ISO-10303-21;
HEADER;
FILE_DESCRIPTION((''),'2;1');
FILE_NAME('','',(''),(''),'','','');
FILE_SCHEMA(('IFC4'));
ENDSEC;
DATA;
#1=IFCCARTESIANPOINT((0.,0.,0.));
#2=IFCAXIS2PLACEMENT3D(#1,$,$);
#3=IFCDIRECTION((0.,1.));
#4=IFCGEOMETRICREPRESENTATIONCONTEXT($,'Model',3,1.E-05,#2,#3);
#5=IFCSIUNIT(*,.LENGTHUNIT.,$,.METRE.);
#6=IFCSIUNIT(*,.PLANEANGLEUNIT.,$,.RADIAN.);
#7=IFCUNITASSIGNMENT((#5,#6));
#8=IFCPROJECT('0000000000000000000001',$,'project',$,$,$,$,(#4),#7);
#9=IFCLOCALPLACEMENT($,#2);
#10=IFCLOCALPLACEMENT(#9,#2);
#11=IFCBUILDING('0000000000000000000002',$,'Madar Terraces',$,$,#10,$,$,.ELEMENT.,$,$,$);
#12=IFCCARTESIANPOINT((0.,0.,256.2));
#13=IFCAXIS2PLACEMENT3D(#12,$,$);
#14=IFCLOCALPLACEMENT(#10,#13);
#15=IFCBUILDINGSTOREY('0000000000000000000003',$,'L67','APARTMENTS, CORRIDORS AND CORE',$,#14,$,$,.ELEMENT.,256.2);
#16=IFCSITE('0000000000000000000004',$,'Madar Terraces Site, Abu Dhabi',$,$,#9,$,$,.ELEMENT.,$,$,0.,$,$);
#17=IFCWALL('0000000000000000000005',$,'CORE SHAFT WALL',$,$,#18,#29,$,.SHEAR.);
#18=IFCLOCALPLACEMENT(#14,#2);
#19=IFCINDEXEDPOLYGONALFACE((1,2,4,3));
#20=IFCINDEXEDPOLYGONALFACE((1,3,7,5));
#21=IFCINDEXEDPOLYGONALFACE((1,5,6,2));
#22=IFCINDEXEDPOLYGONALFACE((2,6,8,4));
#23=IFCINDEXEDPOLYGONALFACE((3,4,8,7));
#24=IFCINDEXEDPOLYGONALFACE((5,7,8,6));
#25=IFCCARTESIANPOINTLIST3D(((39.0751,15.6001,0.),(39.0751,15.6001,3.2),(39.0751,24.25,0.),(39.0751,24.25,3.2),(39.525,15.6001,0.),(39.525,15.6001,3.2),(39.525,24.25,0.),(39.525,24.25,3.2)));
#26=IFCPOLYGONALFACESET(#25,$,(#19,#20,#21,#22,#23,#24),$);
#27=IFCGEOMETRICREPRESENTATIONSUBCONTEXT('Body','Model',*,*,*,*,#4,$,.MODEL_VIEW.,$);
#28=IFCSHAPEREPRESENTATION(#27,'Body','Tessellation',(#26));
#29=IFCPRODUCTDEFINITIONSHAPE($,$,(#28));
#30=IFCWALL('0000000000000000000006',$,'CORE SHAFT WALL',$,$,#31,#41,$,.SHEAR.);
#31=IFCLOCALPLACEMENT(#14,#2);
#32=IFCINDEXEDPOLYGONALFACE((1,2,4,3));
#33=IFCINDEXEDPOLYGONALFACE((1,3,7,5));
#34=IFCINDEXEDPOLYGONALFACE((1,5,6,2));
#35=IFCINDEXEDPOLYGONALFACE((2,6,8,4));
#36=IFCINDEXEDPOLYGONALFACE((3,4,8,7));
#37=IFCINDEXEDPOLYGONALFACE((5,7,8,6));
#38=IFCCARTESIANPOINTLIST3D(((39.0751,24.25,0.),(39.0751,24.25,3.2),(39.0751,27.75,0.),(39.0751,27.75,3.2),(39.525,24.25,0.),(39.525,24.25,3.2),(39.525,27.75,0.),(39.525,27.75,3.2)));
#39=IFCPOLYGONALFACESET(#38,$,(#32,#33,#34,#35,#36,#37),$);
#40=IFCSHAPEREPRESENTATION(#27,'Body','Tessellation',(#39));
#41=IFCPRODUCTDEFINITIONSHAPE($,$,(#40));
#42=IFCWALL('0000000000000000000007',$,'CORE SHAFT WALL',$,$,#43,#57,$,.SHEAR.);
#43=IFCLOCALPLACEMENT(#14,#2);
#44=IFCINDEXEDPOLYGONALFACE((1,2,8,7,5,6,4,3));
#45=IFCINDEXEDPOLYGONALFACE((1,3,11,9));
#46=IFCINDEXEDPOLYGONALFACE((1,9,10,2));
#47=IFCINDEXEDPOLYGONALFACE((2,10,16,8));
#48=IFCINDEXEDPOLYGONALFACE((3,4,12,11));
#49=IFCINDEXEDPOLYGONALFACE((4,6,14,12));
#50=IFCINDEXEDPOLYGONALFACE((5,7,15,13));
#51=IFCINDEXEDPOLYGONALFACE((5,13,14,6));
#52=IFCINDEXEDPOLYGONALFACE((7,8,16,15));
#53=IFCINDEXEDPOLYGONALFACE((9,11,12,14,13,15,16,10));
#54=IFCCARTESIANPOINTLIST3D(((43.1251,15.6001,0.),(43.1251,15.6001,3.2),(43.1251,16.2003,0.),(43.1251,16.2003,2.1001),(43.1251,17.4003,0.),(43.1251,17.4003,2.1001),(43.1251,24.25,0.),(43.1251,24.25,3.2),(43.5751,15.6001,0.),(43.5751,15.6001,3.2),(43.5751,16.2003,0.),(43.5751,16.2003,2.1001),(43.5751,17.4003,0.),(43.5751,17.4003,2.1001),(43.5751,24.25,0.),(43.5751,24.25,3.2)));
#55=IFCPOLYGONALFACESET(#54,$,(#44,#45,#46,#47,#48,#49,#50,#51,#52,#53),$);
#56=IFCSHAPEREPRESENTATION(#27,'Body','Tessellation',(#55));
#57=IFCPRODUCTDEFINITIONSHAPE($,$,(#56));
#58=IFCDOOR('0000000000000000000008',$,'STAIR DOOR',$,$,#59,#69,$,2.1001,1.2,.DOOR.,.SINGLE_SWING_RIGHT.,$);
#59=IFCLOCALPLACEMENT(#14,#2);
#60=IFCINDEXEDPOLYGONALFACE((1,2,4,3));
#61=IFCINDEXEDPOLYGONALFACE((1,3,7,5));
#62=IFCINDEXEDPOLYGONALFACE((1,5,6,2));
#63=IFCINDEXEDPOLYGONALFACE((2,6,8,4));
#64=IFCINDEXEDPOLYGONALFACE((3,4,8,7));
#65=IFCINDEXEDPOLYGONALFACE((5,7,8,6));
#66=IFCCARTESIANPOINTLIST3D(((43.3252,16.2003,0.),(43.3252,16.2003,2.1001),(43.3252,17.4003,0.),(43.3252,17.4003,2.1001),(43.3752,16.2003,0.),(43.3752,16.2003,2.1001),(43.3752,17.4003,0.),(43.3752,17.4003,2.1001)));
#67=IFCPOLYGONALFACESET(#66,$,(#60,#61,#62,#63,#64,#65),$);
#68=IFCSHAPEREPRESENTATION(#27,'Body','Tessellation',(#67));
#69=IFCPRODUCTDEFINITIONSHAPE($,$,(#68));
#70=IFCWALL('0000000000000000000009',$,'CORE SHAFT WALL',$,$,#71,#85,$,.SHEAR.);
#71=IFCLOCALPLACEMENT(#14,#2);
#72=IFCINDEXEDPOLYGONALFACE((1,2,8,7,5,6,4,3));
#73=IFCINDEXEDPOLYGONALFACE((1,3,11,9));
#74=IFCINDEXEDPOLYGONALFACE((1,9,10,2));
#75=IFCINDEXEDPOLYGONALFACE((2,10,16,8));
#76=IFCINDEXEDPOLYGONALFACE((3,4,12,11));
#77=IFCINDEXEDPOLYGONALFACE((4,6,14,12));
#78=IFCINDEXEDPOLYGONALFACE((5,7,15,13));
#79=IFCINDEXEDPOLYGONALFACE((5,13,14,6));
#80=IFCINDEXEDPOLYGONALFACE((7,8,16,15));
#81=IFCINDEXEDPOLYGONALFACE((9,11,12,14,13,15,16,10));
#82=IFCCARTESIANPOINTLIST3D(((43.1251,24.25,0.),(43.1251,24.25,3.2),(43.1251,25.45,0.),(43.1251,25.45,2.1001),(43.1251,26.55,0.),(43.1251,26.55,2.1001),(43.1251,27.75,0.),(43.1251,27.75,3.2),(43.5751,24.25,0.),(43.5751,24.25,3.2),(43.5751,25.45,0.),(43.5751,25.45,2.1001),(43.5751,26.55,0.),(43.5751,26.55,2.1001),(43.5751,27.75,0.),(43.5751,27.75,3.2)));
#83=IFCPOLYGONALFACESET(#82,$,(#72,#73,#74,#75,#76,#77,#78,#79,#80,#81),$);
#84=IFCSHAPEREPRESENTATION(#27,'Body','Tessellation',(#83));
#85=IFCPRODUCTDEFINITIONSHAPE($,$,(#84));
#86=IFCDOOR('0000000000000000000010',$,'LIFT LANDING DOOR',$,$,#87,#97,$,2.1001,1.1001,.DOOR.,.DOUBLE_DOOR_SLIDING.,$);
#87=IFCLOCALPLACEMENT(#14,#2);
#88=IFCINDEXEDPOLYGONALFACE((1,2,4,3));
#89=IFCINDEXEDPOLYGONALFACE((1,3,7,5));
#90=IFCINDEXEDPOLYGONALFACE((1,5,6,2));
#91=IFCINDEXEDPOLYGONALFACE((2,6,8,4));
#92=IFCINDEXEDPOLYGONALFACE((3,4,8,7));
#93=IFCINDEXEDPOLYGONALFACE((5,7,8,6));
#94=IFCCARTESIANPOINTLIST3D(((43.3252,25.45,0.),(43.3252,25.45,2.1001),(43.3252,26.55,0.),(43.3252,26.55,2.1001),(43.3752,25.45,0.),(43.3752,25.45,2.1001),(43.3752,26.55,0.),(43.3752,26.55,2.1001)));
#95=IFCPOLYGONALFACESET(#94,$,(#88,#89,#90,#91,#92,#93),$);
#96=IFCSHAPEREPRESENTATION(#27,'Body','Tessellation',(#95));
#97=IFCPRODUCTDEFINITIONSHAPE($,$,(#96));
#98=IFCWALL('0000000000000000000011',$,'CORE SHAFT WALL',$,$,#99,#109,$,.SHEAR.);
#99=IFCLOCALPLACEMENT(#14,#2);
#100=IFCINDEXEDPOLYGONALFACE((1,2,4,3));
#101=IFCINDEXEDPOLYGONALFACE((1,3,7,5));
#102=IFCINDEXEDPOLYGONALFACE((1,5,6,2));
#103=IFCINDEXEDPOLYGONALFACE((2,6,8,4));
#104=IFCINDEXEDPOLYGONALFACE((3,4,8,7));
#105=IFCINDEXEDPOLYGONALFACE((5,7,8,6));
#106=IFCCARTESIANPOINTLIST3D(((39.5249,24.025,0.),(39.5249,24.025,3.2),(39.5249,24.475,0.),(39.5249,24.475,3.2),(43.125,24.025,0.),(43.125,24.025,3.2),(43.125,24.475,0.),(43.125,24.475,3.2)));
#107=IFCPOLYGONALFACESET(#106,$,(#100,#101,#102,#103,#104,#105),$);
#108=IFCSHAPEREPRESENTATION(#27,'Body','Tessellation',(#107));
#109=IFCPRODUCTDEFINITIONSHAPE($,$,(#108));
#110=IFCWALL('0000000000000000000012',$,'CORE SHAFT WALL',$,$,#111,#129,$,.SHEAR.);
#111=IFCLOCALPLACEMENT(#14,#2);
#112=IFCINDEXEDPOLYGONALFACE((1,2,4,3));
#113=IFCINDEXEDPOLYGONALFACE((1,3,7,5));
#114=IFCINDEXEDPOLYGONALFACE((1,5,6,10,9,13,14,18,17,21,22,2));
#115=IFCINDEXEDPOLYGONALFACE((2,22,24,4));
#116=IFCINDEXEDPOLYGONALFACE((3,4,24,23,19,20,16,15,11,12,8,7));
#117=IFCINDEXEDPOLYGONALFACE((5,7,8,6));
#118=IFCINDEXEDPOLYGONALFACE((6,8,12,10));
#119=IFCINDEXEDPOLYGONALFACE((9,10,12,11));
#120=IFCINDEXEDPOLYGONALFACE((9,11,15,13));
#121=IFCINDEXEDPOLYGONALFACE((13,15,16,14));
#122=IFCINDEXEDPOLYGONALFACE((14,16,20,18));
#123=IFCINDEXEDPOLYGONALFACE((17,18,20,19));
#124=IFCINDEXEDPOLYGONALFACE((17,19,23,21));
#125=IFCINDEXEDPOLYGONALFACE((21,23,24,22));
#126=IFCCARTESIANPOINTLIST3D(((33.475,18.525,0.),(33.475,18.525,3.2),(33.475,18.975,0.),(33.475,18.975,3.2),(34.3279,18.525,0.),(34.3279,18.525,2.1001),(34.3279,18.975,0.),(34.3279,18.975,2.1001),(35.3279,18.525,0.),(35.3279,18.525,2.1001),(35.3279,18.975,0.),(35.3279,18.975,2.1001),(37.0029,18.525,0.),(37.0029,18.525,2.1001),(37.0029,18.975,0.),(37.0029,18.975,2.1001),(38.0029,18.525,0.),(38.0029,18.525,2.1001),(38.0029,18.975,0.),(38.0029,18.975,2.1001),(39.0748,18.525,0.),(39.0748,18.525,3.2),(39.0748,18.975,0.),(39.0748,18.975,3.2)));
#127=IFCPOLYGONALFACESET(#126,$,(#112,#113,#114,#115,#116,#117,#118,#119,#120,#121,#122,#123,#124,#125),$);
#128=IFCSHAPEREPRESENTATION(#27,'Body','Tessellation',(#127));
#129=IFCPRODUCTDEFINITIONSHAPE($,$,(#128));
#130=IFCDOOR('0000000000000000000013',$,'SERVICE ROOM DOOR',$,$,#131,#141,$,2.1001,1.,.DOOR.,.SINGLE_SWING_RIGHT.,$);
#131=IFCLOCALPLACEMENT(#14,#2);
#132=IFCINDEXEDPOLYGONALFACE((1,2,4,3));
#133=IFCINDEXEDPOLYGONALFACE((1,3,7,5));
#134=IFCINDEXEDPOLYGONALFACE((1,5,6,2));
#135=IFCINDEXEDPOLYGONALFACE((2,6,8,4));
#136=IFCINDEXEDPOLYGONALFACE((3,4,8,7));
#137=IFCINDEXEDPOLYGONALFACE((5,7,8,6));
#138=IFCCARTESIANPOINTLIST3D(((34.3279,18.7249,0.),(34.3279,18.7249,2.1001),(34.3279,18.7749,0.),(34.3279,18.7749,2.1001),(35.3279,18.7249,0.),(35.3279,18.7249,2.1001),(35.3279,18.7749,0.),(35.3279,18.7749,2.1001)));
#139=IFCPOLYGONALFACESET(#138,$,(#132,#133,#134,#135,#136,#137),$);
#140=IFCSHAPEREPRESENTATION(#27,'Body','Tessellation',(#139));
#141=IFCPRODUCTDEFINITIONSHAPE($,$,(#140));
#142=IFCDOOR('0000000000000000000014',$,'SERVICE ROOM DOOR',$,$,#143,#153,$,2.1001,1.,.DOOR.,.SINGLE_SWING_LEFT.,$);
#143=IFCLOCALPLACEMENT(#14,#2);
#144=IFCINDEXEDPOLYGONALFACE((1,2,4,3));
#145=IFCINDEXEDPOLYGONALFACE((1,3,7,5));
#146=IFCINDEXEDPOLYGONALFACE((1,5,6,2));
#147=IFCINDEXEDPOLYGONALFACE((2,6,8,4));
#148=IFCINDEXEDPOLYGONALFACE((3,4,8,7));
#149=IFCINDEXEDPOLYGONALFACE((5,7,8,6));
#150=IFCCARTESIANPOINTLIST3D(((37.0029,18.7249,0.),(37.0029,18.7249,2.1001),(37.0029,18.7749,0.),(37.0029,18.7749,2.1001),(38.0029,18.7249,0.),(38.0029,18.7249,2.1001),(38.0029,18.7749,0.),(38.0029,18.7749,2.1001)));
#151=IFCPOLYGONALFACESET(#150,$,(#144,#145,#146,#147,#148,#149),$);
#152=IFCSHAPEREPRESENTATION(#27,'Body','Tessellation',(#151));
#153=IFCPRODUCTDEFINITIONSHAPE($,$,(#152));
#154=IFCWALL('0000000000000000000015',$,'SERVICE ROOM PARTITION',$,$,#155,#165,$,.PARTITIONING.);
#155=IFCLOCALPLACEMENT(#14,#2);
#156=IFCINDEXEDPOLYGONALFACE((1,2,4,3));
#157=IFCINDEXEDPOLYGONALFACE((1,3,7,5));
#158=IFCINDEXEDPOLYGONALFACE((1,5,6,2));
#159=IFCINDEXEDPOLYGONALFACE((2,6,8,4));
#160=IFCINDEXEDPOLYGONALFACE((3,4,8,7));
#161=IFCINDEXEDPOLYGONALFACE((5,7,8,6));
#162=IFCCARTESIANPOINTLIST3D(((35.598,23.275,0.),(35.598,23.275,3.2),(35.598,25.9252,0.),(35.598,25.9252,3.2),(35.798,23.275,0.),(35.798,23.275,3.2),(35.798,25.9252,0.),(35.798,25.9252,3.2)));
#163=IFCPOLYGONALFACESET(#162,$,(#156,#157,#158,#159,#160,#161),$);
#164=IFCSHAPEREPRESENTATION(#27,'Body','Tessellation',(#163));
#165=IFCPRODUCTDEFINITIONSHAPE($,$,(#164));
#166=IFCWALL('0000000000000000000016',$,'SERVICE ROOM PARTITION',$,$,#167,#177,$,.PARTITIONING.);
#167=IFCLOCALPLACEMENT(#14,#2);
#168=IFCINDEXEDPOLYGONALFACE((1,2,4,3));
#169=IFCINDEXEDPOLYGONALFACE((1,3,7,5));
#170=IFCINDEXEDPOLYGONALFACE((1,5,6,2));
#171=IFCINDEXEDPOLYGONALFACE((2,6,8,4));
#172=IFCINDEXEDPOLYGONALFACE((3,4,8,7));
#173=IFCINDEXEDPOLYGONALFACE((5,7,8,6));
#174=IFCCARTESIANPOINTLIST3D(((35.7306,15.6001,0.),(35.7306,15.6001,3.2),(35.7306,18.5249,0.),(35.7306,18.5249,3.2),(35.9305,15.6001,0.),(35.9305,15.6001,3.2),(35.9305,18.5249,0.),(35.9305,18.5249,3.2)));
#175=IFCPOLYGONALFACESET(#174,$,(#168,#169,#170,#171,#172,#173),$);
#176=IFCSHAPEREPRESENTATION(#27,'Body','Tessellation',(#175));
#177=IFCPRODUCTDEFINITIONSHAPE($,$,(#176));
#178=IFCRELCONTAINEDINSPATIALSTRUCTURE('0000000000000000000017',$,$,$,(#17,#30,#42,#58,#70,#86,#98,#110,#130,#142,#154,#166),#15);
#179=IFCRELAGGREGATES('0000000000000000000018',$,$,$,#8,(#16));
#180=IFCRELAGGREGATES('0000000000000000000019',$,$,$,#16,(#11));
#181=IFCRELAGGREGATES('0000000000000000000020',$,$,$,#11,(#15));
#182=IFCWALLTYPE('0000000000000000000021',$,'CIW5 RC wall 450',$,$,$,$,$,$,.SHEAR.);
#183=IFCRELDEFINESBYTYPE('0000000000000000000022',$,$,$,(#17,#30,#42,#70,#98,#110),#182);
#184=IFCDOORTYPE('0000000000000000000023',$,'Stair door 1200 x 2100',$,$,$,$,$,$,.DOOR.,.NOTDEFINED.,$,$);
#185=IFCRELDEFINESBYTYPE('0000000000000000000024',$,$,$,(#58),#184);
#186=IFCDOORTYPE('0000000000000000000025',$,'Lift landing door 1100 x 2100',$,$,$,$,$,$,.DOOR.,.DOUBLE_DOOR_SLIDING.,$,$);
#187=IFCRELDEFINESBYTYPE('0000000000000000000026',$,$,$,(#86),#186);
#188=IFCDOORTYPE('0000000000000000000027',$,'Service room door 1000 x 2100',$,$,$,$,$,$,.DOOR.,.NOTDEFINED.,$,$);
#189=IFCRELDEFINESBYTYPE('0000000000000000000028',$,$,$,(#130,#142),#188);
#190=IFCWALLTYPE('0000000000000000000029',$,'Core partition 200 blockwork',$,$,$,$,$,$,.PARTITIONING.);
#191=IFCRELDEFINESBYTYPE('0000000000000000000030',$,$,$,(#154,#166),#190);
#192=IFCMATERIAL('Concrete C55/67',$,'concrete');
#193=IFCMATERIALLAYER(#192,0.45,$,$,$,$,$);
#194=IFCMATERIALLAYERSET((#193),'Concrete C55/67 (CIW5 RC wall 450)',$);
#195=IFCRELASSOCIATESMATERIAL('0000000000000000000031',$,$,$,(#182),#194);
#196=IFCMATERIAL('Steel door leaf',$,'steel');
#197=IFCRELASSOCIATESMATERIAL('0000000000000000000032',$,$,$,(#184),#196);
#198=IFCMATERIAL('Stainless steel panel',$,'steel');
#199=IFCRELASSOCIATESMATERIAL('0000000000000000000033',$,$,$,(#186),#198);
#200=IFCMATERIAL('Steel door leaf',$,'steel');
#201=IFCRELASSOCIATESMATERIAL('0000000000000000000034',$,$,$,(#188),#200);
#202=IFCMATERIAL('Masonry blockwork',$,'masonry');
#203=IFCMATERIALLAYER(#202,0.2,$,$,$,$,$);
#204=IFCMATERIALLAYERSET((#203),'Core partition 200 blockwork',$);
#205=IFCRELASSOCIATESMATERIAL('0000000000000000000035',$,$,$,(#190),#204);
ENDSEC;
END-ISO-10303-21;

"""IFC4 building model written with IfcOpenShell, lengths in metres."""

from ifc_helpers import new_model, si_unit, direction, frame, frame_2d, origin, place, context, subcontext, project, spatial, rectangle, extrude, material, layer, layer_set, type_object, element, fill, save


model = new_model("IFC4")

# Units and contexts
model_context = context("Model", 3, precision=1e-05, world=origin(), true_north=direction((0.0, 1.0)))
body_context = subcontext(model_context, "Body", "Model", "MODEL_VIEW")
ifc_project = project(units=[si_unit("LENGTHUNIT", "METRE"), si_unit("PLANEANGLEUNIT", "RADIAN")], contexts=[model_context])

# Site, building, storey
site_placement = place(None, origin())
site = spatial("IfcSite", under=ifc_project, at=site_placement, Name="Madar Terraces Site, Abu Dhabi", CompositionType="ELEMENT", RefElevation=0.0)
building_placement = place(site_placement, origin())
building = spatial("IfcBuilding", under=site, at=building_placement, Name="Madar Terraces", CompositionType="ELEMENT")
storey_placement = place(building_placement, frame((0.0, 0.0, 256.2)))
storey = spatial("IfcBuildingStorey", under=building, at=storey_placement, Name="L67", Description="APARTMENTS, CORRIDORS AND CORE", CompositionType="ELEMENT", Elevation=256.2)

# Walls
ifc_material_1 = material(Name="Concrete C55/67", Category="concrete")
ifc_layer_1 = layer(ifc_material_1, 0.45)
ifc_layer_set_1 = layer_set([ifc_layer_1], Name="Concrete C55/67 (CIW5 RC wall 450)")
wall_type_1 = type_object("IfcWallType", Name="CIW5 RC wall 450", PredefinedType="SHEAR", material=ifc_layer_set_1)
wall_1_placement = place(storey_placement, frame((39.3, 15.6001, 0.0), z_axis=(0.0, 0.0, 1.0), x_axis=(0.0, 1.0, 0.0)))
element("IfcWall", 1, at=wall_1_placement, inside=storey, type_object=wall_type_1, Name="CORE SHAFT WALL", PredefinedType="SHEAR", context=body_context, shape_type="SweptSolid", body=[
    extrude(rectangle(XDim=8.6499, YDim=0.45, at=frame_2d((4.325, 0.0))), origin(), (0.0, 0.0, 1.0), 3.2),
])
wall_2_placement = place(storey_placement, frame((39.3, 24.25, 0.0), z_axis=(0.0, 0.0, 1.0), x_axis=(0.0, 1.0, 0.0)))
element("IfcWall", 2, at=wall_2_placement, inside=storey, type_object=wall_type_1, Name="CORE SHAFT WALL", PredefinedType="SHEAR", context=body_context, shape_type="SweptSolid", body=[
    extrude(rectangle(XDim=3.5, YDim=0.45, at=frame_2d((1.75, 0.0))), origin(), (0.0, 0.0, 1.0), 3.2),
])

# Walls, openings, doors
wall_3_placement = place(storey_placement, frame((43.3501, 15.6001, 0.0), z_axis=(0.0, 0.0, 1.0), x_axis=(0.0, 1.0, 0.0)))
wall_3 = element("IfcWall", 3, at=wall_3_placement, inside=storey, type_object=wall_type_1, Name="CORE SHAFT WALL", PredefinedType="SHEAR", context=body_context, shape_type="SweptSolid", body=[
    extrude(rectangle(XDim=8.6499, YDim=0.45, at=frame_2d((4.325, 0.0))), origin(), (0.0, 0.0, 1.0), 3.2),
])
opening_1_placement = place(wall_3_placement, frame((0.6001, 0.0, 0.0)))
opening_1 = element("IfcOpeningElement", 4, at=opening_1_placement, cuts=wall_3, PredefinedType="OPENING", context=body_context, shape_type="SweptSolid", body=[
    extrude(rectangle(XDim=1.2, YDim=2.1001, at=frame_2d((0.6001, 1.05))), frame((0.0, 0.2349, 0.0), z_axis=(0.0, -1.0, 0.0), x_axis=(1.0, 0.0, 0.0)), (0.0, 0.0, 1.0), 0.47),
])
ifc_material_2 = material(Name="Steel door leaf", Category="steel")
door_type_1 = type_object("IfcDoorType", Name="Stair door 1200 x 2100", OperationType="NOTDEFINED", PredefinedType="DOOR", material=ifc_material_2)
door_1_placement = place(opening_1_placement, origin())
door_1 = element("IfcDoor", 5, at=door_1_placement, inside=storey, type_object=door_type_1, Name="STAIR DOOR", OperationType="SINGLE_SWING_RIGHT", OverallHeight=2.1001, OverallWidth=1.2, PredefinedType="DOOR", context=body_context, shape_type="SweptSolid", body=[
    extrude(rectangle(XDim=1.2, YDim=2.1001, at=frame_2d((0.6001, 1.05))), frame((0.0, 0.0249, 0.0), z_axis=(0.0, -1.0, 0.0), x_axis=(1.0, 0.0, 0.0)), (0.0, 0.0, 1.0), 0.05),
])
fill(opening_1, door_1)
wall_4_placement = place(storey_placement, frame((43.3501, 24.25, 0.0), z_axis=(0.0, 0.0, 1.0), x_axis=(0.0, 1.0, 0.0)))
wall_4 = element("IfcWall", 6, at=wall_4_placement, inside=storey, type_object=wall_type_1, Name="CORE SHAFT WALL", PredefinedType="SHEAR", context=body_context, shape_type="SweptSolid", body=[
    extrude(rectangle(XDim=3.5, YDim=0.45, at=frame_2d((1.75, 0.0))), origin(), (0.0, 0.0, 1.0), 3.2),
])
opening_2_placement = place(wall_4_placement, frame((1.2, 0.0, 0.0)))
opening_2 = element("IfcOpeningElement", 7, at=opening_2_placement, cuts=wall_4, PredefinedType="OPENING", context=body_context, shape_type="SweptSolid", body=[
    extrude(rectangle(XDim=1.1001, YDim=2.1001, at=frame_2d((0.55, 1.05))), frame((0.0, 0.2349, 0.0), z_axis=(0.0, -1.0, 0.0), x_axis=(1.0, 0.0, 0.0)), (0.0, 0.0, 1.0), 0.47),
])
ifc_material_3 = material(Name="Stainless steel panel", Category="steel")
door_type_2 = type_object("IfcDoorType", Name="Lift landing door 1100 x 2100", OperationType="DOUBLE_DOOR_SLIDING", PredefinedType="DOOR", material=ifc_material_3)
door_2_placement = place(opening_2_placement, origin())
door_2 = element("IfcDoor", 8, at=door_2_placement, inside=storey, type_object=door_type_2, Name="LIFT LANDING DOOR", OperationType="DOUBLE_DOOR_SLIDING", OverallHeight=2.1001, OverallWidth=1.1001, PredefinedType="DOOR", context=body_context, shape_type="SweptSolid", body=[
    extrude(rectangle(XDim=1.1001, YDim=2.1001, at=frame_2d((0.55, 1.05))), frame((0.0, 0.0249, 0.0), z_axis=(0.0, -1.0, 0.0), x_axis=(1.0, 0.0, 0.0)), (0.0, 0.0, 1.0), 0.05),
])
fill(opening_2, door_2)

# Wall
wall_5_placement = place(storey_placement, frame((39.5249, 24.25, 0.0), z_axis=(0.0, 0.0, 1.0), x_axis=(1.0, 0.0, 0.0)))
element("IfcWall", 9, at=wall_5_placement, inside=storey, type_object=wall_type_1, Name="CORE SHAFT WALL", PredefinedType="SHEAR", context=body_context, shape_type="SweptSolid", body=[
    extrude(rectangle(XDim=3.6001, YDim=0.45, at=frame_2d((1.8, 0.0))), origin(), (0.0, 0.0, 1.0), 3.2),
])

# Wall, openings, doors
wall_6_placement = place(storey_placement, frame((33.4751, 18.75, 0.0), z_axis=(0.0, 0.0, 1.0), x_axis=(1.0, 0.0, 0.0)))
wall_6 = element("IfcWall", 10, at=wall_6_placement, inside=storey, type_object=wall_type_1, Name="CORE SHAFT WALL", PredefinedType="SHEAR", context=body_context, shape_type="SweptSolid", body=[
    extrude(rectangle(XDim=5.5999, YDim=0.45, at=frame_2d((2.7998, 0.0))), origin(), (0.0, 0.0, 1.0), 3.2),
])
opening_3_placement = place(wall_6_placement, frame((0.8528, 0.0, 0.0)))
opening_3 = element("IfcOpeningElement", 11, at=opening_3_placement, cuts=wall_6, PredefinedType="OPENING", context=body_context, shape_type="SweptSolid", body=[
    extrude(rectangle(XDim=1.0, YDim=2.1001, at=frame_2d((0.5, 1.05))), frame((0.0, 0.2349, 0.0), z_axis=(0.0, -1.0, 0.0), x_axis=(1.0, 0.0, 0.0)), (0.0, 0.0, 1.0), 0.47),
])
opening_4_placement = place(wall_6_placement, frame((3.5278, 0.0, 0.0)))
opening_4 = element("IfcOpeningElement", 12, at=opening_4_placement, cuts=wall_6, PredefinedType="OPENING", context=body_context, shape_type="SweptSolid", body=[
    extrude(rectangle(XDim=1.0, YDim=2.1001, at=frame_2d((0.5, 1.05))), frame((0.0, 0.2349, 0.0), z_axis=(0.0, -1.0, 0.0), x_axis=(1.0, 0.0, 0.0)), (0.0, 0.0, 1.0), 0.47),
])
ifc_material_4 = material(Name="Steel door leaf", Category="steel")
door_type_3 = type_object("IfcDoorType", Name="Service room door 1000 x 2100", OperationType="NOTDEFINED", PredefinedType="DOOR", material=ifc_material_4)
door_3_placement = place(opening_3_placement, origin())
door_3 = element("IfcDoor", 13, at=door_3_placement, inside=storey, type_object=door_type_3, Name="SERVICE ROOM DOOR", OperationType="SINGLE_SWING_RIGHT", OverallHeight=2.1001, OverallWidth=1.0, PredefinedType="DOOR", context=body_context, shape_type="SweptSolid", body=[
    extrude(rectangle(XDim=1.0, YDim=2.1001, at=frame_2d((0.5, 1.05))), frame((0.0, 0.0249, 0.0), z_axis=(0.0, -1.0, 0.0), x_axis=(1.0, 0.0, 0.0)), (0.0, 0.0, 1.0), 0.05),
])
fill(opening_3, door_3)
door_4_placement = place(opening_4_placement, origin())
door_4 = element("IfcDoor", 14, at=door_4_placement, inside=storey, type_object=door_type_3, Name="SERVICE ROOM DOOR", OperationType="SINGLE_SWING_LEFT", OverallHeight=2.1001, OverallWidth=1.0, PredefinedType="DOOR", context=body_context, shape_type="SweptSolid", body=[
    extrude(rectangle(XDim=1.0, YDim=2.1001, at=frame_2d((0.5, 1.05))), frame((0.0, 0.0249, 0.0), z_axis=(0.0, -1.0, 0.0), x_axis=(1.0, 0.0, 0.0)), (0.0, 0.0, 1.0), 0.05),
])
fill(opening_4, door_4)

# Walls
ifc_material_5 = material(Name="Masonry blockwork", Category="masonry")
ifc_layer_2 = layer(ifc_material_5, 0.2)
ifc_layer_set_2 = layer_set([ifc_layer_2], Name="Core partition 200 blockwork")
wall_type_2 = type_object("IfcWallType", Name="Core partition 200 blockwork", PredefinedType="PARTITIONING", material=ifc_layer_set_2)
wall_7_placement = place(storey_placement, frame((35.698, 23.2749, 0.0), z_axis=(0.0, 0.0, 1.0), x_axis=(0.0, 1.0, 0.0)))
element("IfcWall", 15, at=wall_7_placement, inside=storey, type_object=wall_type_2, Name="SERVICE ROOM PARTITION", PredefinedType="PARTITIONING", context=body_context, shape_type="SweptSolid", body=[
    extrude(rectangle(XDim=2.6501, YDim=0.2, at=frame_2d((1.3252, 0.0))), origin(), (0.0, 0.0, 1.0), 3.2),
])
wall_8_placement = place(storey_placement, frame((35.8306, 15.6001, 0.0), z_axis=(0.0, 0.0, 1.0), x_axis=(0.0, 1.0, 0.0)))
element("IfcWall", 16, at=wall_8_placement, inside=storey, type_object=wall_type_2, Name="SERVICE ROOM PARTITION", PredefinedType="PARTITIONING", context=body_context, shape_type="SweptSolid", body=[
    extrude(rectangle(XDim=2.9248, YDim=0.2, at=frame_2d((1.4624, 0.0))), origin(), (0.0, 0.0, 1.0), 3.2),
])

save(model, "model.ifc")
